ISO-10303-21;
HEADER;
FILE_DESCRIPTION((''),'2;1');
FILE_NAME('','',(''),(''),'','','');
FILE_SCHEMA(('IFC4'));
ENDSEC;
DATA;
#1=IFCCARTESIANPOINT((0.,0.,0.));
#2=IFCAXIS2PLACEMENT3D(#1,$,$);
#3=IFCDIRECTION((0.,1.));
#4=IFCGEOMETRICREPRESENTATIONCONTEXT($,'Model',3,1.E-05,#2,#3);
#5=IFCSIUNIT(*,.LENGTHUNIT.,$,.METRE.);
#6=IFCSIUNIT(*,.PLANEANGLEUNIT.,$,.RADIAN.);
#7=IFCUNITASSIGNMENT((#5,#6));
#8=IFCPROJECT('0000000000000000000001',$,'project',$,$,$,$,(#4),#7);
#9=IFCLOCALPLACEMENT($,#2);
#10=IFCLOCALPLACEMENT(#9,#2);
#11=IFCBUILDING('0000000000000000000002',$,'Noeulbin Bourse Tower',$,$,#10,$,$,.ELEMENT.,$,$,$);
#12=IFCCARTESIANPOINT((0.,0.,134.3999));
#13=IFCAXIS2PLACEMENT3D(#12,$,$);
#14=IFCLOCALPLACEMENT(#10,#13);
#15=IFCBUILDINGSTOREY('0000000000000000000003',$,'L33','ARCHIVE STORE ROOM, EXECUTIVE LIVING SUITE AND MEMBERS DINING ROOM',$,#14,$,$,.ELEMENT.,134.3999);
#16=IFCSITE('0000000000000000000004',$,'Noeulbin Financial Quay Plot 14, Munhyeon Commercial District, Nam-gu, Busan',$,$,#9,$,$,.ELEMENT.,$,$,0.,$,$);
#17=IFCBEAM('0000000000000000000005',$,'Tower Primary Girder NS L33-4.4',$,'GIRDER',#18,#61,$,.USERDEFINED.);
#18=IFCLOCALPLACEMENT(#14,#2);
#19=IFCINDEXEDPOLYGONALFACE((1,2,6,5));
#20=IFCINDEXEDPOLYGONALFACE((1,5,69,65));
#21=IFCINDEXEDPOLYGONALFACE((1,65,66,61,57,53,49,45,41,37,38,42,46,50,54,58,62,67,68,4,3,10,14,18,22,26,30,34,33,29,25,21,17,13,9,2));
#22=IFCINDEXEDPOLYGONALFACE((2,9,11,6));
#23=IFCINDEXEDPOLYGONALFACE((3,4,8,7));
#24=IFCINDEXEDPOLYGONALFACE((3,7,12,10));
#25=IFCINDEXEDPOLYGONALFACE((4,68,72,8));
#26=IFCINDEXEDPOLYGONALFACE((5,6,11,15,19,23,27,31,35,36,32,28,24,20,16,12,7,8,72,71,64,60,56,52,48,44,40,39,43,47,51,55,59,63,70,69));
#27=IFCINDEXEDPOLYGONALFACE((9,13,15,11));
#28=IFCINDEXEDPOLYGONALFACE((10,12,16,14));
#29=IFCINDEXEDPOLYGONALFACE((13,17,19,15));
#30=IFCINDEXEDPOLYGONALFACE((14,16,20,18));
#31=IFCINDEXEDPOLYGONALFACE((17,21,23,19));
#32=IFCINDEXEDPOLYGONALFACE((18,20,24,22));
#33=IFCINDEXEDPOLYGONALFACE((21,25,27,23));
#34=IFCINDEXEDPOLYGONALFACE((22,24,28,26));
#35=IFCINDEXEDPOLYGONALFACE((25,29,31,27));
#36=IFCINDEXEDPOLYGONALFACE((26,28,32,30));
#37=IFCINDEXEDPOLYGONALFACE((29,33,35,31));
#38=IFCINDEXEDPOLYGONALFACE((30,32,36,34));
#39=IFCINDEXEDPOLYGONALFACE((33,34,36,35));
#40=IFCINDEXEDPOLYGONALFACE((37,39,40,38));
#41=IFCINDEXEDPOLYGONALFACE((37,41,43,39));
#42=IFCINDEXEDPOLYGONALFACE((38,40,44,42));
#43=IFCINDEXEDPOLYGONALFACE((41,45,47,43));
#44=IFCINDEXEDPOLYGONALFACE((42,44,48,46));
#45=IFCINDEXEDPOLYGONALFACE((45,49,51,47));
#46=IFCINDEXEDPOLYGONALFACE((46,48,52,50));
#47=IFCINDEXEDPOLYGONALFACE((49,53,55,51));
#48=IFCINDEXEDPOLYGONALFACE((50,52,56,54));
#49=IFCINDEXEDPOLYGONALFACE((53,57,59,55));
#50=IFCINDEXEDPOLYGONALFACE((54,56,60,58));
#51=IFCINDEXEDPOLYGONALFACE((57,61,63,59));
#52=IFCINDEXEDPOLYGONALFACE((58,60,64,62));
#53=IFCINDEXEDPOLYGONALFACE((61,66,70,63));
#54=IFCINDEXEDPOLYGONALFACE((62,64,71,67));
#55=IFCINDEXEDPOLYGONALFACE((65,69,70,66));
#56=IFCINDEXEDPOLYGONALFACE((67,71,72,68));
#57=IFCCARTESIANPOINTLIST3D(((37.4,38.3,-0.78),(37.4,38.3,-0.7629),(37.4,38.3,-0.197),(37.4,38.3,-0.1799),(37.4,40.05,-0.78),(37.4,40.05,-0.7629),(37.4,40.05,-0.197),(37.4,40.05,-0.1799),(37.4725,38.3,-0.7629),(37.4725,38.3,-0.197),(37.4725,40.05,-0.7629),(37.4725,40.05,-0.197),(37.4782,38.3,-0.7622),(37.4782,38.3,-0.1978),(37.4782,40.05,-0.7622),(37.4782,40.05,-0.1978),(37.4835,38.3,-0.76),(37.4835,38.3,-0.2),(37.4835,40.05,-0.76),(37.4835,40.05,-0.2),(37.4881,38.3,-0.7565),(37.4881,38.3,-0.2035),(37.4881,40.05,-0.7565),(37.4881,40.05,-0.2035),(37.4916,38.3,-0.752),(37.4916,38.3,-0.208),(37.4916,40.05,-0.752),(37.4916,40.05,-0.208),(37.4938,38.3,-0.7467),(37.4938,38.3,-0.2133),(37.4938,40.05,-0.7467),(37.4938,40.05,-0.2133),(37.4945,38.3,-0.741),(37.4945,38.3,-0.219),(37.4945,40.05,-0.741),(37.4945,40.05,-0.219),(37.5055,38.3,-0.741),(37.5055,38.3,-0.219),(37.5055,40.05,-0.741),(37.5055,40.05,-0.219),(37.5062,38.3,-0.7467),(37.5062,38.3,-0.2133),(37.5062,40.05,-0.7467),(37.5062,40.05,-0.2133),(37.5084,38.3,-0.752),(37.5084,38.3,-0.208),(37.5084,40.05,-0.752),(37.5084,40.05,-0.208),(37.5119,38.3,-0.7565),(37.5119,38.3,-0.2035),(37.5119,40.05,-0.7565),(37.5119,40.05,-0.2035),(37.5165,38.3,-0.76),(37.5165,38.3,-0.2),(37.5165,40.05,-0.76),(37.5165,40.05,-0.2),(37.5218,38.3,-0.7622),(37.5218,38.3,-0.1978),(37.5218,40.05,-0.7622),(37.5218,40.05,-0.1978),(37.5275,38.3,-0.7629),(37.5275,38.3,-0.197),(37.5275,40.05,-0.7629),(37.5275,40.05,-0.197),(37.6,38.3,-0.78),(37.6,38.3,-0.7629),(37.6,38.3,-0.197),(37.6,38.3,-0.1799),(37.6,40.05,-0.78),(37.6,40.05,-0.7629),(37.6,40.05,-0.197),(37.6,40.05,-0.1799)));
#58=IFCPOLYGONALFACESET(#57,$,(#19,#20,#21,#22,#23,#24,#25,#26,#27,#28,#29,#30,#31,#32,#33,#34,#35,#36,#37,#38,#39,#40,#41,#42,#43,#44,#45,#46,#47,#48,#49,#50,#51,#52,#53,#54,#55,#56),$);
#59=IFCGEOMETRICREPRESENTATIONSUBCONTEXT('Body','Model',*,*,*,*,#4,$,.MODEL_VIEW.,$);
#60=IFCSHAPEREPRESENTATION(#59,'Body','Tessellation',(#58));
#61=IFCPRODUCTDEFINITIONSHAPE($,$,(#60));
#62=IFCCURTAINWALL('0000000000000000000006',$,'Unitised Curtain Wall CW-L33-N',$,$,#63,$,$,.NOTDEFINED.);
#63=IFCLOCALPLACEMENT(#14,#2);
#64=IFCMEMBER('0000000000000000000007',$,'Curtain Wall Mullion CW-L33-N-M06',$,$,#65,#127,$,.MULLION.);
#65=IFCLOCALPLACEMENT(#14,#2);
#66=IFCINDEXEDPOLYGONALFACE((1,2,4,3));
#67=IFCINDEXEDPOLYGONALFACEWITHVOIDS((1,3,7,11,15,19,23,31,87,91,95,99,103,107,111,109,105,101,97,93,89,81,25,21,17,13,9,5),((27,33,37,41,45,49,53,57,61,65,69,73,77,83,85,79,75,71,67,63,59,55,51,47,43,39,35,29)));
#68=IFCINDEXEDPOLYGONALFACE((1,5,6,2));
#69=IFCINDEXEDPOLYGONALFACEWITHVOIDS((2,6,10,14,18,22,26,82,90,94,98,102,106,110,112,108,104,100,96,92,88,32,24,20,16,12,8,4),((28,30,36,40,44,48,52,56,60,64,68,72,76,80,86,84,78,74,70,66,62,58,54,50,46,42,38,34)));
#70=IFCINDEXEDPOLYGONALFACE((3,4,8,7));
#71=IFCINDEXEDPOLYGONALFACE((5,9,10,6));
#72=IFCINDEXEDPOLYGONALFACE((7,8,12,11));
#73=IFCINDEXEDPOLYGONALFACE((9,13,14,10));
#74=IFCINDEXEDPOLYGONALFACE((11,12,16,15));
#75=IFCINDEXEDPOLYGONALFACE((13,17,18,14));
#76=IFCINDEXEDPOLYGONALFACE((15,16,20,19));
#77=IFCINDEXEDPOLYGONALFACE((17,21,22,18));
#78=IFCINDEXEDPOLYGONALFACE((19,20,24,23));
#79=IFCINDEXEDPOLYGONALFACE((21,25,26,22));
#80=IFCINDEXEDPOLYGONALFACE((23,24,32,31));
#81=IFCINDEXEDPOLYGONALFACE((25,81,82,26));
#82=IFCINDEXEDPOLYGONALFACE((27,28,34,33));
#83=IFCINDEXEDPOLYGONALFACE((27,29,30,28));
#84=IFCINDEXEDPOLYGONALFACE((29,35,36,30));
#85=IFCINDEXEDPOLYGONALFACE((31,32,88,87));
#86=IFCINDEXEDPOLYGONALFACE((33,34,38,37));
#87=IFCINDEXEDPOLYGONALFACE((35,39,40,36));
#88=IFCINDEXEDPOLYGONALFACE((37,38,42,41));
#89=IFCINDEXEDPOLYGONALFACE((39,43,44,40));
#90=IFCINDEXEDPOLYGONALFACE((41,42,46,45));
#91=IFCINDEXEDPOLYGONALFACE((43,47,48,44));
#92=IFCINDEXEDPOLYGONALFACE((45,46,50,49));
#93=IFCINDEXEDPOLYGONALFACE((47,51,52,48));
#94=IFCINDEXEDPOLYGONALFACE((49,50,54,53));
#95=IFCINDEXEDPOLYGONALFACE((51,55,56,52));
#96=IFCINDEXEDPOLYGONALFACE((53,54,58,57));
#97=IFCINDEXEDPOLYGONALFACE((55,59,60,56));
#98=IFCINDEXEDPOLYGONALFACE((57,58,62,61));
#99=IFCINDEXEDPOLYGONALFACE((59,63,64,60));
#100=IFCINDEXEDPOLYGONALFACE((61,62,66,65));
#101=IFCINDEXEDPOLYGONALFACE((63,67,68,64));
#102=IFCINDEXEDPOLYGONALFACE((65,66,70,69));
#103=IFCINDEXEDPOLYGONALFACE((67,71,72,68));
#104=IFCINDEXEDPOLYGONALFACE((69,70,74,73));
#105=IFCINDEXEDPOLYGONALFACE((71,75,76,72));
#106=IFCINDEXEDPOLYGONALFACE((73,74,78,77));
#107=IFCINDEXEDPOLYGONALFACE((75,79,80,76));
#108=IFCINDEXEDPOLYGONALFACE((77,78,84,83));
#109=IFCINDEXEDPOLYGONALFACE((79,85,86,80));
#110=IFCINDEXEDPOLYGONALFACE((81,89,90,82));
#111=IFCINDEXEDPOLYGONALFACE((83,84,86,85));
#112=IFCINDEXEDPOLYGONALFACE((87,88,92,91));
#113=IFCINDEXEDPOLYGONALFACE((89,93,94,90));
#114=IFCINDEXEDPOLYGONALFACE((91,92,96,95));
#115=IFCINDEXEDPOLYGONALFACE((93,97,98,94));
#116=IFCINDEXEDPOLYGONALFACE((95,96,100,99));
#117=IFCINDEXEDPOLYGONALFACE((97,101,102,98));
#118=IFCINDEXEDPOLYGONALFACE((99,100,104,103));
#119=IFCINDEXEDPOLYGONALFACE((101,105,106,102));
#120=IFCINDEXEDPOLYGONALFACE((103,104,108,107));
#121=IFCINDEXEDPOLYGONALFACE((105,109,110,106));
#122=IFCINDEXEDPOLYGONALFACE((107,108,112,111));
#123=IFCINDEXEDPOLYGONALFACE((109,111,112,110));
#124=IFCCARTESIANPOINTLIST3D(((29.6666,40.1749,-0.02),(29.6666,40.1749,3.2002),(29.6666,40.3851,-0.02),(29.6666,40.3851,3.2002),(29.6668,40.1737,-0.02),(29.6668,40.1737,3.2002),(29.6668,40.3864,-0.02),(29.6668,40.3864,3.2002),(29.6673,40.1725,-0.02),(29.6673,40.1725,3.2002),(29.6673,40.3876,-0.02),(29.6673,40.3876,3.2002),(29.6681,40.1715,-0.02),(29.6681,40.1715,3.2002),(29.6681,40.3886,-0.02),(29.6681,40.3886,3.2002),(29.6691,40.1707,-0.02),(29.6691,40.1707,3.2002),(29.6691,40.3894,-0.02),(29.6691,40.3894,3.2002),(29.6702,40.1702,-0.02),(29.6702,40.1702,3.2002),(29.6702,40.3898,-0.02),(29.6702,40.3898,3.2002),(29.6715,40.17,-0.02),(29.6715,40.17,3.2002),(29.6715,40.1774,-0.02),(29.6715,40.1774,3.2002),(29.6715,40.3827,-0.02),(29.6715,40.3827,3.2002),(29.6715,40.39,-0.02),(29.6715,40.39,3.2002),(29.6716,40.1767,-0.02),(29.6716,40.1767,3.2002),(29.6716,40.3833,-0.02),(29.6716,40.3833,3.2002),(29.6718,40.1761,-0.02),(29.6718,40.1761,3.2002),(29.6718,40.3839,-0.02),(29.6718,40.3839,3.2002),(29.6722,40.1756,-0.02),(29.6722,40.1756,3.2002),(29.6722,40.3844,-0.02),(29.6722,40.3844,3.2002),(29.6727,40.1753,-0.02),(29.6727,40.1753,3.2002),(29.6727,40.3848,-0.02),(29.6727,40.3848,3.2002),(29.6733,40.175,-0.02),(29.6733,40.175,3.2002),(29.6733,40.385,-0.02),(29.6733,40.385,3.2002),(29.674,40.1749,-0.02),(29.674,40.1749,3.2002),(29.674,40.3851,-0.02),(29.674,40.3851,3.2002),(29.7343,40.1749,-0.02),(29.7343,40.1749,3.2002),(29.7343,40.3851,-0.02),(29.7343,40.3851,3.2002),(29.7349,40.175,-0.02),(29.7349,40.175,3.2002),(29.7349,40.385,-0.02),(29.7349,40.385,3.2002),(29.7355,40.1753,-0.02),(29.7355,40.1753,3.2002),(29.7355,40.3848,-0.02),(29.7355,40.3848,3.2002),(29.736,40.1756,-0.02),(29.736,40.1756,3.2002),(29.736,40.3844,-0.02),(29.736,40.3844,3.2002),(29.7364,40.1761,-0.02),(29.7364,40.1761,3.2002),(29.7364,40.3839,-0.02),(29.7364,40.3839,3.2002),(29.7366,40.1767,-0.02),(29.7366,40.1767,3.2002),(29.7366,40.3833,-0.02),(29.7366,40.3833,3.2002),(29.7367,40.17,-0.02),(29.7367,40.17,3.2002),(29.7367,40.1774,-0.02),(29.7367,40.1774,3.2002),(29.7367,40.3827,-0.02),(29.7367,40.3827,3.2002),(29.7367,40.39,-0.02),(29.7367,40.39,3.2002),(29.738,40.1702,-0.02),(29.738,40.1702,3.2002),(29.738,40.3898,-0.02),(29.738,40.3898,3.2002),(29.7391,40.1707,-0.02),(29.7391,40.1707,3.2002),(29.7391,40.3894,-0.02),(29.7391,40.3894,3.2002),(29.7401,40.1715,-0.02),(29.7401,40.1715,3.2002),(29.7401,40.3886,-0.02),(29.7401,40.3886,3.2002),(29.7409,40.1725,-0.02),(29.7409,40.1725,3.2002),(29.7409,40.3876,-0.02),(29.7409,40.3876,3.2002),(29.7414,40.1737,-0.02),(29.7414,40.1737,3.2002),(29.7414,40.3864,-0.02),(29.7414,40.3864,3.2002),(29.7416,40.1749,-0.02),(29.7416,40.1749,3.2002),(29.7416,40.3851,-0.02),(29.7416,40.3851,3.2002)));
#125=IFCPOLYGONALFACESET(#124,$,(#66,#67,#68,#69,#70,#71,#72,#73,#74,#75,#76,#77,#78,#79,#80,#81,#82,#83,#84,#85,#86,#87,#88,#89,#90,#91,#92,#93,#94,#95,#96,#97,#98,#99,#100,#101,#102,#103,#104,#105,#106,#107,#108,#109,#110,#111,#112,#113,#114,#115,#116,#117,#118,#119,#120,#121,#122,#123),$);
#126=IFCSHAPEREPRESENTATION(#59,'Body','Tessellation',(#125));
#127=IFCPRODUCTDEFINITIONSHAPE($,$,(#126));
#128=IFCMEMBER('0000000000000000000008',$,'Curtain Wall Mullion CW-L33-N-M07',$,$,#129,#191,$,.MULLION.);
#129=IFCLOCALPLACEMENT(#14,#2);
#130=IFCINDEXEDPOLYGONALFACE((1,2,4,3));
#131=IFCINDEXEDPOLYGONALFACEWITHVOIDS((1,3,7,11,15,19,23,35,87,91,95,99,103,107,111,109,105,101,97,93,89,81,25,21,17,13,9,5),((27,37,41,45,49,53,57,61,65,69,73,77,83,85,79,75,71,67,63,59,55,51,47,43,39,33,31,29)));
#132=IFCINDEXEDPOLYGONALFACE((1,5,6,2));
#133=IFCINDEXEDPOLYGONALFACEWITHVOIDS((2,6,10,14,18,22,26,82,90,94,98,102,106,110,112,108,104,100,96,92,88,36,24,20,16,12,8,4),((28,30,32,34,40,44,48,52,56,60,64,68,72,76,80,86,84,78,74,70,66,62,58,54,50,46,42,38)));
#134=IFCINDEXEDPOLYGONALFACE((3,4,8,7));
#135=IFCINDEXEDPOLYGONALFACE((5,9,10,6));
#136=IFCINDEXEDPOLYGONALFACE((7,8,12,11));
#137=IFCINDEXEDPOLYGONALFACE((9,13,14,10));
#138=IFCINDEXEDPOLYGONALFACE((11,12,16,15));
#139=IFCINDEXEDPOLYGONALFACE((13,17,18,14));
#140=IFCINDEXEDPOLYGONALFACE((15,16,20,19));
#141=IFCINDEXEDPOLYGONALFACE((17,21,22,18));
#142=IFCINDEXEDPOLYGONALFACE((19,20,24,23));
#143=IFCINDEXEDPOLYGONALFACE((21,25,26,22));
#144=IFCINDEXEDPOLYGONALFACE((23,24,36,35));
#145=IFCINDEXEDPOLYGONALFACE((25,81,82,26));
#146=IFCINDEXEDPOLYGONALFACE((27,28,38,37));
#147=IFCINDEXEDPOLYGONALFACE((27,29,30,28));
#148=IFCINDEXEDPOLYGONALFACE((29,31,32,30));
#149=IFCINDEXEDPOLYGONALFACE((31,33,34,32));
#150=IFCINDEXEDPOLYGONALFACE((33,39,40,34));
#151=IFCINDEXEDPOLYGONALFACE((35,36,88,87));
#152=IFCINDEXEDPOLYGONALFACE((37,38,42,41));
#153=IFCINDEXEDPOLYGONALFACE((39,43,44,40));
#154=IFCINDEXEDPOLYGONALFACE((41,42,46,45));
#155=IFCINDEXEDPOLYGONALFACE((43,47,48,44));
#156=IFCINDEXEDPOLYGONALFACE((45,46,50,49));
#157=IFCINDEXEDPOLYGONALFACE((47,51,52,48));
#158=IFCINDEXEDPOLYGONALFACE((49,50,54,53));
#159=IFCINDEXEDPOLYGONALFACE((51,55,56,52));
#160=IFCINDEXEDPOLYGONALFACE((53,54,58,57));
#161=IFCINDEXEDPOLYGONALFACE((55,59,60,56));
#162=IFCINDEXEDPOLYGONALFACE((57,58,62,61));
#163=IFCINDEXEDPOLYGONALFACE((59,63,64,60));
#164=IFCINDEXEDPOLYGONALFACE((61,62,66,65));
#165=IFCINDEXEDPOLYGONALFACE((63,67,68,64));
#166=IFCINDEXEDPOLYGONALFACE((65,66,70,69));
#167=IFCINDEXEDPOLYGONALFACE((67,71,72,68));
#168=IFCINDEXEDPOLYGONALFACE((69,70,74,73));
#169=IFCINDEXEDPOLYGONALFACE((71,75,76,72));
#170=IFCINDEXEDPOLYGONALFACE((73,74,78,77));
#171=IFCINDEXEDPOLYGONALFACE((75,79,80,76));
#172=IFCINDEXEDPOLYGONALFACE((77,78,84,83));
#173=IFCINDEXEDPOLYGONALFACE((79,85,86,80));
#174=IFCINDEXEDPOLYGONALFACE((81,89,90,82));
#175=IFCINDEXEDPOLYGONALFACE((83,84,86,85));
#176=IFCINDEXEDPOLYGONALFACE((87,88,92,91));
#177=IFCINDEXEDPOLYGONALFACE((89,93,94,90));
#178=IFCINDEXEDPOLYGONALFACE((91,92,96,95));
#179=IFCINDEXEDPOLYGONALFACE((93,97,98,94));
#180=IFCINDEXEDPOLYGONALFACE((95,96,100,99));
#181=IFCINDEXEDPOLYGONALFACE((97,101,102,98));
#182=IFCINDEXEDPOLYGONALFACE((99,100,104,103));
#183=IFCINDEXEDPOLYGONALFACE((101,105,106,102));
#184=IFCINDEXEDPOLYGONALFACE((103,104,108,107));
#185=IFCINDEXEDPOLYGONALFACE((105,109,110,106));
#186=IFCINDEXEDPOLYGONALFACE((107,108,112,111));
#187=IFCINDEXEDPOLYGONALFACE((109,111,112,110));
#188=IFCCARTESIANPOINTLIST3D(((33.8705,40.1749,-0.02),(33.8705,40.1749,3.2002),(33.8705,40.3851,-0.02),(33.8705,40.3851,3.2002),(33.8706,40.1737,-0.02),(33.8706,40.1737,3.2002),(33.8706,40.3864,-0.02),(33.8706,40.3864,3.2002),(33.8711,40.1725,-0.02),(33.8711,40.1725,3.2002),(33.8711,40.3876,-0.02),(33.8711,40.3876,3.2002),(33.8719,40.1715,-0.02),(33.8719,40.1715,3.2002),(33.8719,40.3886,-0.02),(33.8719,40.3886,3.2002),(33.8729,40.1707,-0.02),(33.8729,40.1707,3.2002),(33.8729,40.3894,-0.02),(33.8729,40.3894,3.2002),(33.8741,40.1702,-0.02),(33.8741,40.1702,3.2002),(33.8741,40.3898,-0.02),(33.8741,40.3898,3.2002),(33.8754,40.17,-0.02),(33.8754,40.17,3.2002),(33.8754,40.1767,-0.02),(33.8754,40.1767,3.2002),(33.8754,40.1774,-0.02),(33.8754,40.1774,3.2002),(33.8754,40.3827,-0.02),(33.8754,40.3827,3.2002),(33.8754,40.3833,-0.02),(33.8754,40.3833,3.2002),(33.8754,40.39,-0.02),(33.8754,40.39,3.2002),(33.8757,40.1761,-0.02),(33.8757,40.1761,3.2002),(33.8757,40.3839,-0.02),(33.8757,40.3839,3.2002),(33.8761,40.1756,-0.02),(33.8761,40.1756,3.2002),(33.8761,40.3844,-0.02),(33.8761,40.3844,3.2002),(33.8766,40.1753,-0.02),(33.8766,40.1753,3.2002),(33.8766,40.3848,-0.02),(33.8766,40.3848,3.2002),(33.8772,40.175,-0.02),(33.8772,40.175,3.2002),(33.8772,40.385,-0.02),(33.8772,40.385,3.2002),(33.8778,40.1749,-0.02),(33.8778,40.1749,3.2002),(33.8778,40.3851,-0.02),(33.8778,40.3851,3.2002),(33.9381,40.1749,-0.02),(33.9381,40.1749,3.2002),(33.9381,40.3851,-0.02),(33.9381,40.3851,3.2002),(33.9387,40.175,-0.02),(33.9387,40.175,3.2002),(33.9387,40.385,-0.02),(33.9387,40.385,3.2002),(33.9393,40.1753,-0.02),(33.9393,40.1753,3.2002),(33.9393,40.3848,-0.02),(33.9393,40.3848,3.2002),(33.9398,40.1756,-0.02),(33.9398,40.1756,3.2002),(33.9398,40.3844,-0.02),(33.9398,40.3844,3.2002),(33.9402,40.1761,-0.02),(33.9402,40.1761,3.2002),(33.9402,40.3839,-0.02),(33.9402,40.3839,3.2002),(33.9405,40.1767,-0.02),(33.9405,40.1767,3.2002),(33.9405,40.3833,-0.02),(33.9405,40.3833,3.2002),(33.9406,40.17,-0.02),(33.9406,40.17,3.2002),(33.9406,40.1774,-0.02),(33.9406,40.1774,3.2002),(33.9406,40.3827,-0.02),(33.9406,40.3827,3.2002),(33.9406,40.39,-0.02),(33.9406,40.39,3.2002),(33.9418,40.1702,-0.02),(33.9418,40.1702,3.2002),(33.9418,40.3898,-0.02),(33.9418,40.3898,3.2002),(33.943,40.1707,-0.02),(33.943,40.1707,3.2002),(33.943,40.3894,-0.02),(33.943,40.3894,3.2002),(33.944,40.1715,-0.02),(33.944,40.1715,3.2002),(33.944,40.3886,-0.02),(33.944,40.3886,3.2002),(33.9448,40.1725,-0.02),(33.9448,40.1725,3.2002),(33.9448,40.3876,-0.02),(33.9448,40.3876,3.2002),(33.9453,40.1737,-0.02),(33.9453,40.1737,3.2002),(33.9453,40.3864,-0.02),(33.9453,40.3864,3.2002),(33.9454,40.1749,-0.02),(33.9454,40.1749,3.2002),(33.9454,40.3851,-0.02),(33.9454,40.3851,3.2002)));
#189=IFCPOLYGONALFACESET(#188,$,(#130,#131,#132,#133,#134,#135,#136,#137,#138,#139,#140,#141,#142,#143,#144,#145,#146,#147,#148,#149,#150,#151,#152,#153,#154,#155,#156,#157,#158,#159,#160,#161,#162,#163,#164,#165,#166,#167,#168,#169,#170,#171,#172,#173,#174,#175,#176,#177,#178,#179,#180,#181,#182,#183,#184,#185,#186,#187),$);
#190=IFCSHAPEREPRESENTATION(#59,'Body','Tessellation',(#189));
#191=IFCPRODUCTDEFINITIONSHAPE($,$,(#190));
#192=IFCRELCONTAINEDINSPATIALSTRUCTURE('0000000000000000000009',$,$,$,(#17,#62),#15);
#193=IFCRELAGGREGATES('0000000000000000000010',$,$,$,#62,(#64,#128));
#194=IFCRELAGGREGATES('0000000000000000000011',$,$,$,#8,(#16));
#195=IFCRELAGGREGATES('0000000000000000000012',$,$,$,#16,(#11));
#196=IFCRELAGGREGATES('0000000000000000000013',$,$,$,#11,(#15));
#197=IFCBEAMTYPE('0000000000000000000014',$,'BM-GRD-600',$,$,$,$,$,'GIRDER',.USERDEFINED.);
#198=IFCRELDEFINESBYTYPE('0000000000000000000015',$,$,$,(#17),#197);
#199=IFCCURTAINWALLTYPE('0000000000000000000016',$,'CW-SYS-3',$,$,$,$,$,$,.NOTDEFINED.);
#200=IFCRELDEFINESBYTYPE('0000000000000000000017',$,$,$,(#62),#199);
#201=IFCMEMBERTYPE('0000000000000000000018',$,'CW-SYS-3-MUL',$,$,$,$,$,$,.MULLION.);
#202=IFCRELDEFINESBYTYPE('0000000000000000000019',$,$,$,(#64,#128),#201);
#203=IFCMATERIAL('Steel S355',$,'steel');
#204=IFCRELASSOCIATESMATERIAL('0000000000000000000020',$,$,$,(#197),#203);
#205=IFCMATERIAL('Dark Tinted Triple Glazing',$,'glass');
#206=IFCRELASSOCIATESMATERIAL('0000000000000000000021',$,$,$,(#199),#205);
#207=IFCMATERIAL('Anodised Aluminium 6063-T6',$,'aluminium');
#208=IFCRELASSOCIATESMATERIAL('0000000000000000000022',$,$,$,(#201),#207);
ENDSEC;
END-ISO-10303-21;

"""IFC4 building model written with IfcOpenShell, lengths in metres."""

from ifc_helpers import new_model, si_unit, direction, frame, origin, origin_2d, place, context, subcontext, project, spatial, hollow_rectangle, i_section, extrude, material, material_profile, profile_set, type_object, element, aggregate, save


model = new_model("IFC4")

# Units and contexts
model_context = context("Model", 3, precision=1e-05, world=origin(), true_north=direction((0.0, 1.0)))
body_context = subcontext(model_context, "Body", "Model", "MODEL_VIEW")
ifc_project = project(units=[si_unit("LENGTHUNIT", "METRE"), si_unit("PLANEANGLEUNIT", "RADIAN")], contexts=[model_context])

# Site, building, storey
site_placement = place(None, origin())
site = spatial("IfcSite", under=ifc_project, at=site_placement, Name="Noeulbin Financial Quay Plot 14, Munhyeon Commercial District, Nam-gu, Busan", CompositionType="ELEMENT", RefElevation=0.0)
building_placement = place(site_placement, origin())
building = spatial("IfcBuilding", under=site, at=building_placement, Name="Noeulbin Bourse Tower", CompositionType="ELEMENT")
storey_placement = place(building_placement, frame((0.0, 0.0, 134.3999)))
storey = spatial("IfcBuildingStorey", under=building, at=storey_placement, Name="L33", Description="ARCHIVE STORE ROOM, EXECUTIVE LIVING SUITE AND MEMBERS DINING ROOM", CompositionType="ELEMENT", Elevation=134.3999)

# Beam
ifc_material_1 = material(Name="Steel S355", Category="steel")
ifc_material_profile_1 = material_profile(ifc_material_1, i_section(OverallWidth=0.2, OverallDepth=0.6001, WebThickness=0.011, FlangeThickness=0.0171, FilletRadius=0.022, at=origin_2d()), Name="H-600x200x11x17", Category="LoadBearing")
ifc_profile_set_1 = profile_set([ifc_material_profile_1], Name="Steel S355")
beam_type = type_object("IfcBeamType", Name="BM-GRD-600", ElementType="GIRDER", PredefinedType="USERDEFINED", material=ifc_profile_set_1)
for number, where, z_axis, x_axis, name in (
    (1, (37.5, 38.3, -0.48), (0.0, 1.0, 0.0), (-1.0, 0.0, 0.0), "Tower Primary Girder NS L33-4.4"),
):
    element("IfcBeam", number, at=place(storey_placement, frame(where, z_axis=z_axis, x_axis=x_axis)), inside=storey, type_object=beam_type, Name=name, ObjectType="GIRDER", PredefinedType="USERDEFINED", context=body_context, shape_type="SweptSolid", body=[
        extrude(i_section(OverallWidth=0.2, OverallDepth=0.6001, WebThickness=0.011, FlangeThickness=0.0171, FilletRadius=0.022, at=origin_2d()), origin(), (0.0, 0.0, 1.0), 1.75),
    ])

# Curtain wall, members
ifc_material_2 = material(Name="Dark Tinted Triple Glazing", Category="glass")
curtain_wall_type = type_object("IfcCurtainWallType", Name="CW-SYS-3", PredefinedType="NOTDEFINED", material=ifc_material_2)
curtain_wall_placement = place(storey_placement, origin())
curtain_wall = element("IfcCurtainWall", 2, at=curtain_wall_placement, inside=storey, type_object=curtain_wall_type, Name="Unitised Curtain Wall CW-L33-N", PredefinedType="NOTDEFINED")
ifc_material_3 = material(Name="Anodised Aluminium 6063-T6", Category="aluminium")
ifc_material_profile_2 = material_profile(ifc_material_3, hollow_rectangle(XDim=0.075, YDim=0.22, WallThickness=0.0049, InnerFilletRadius=0.0024, OuterFilletRadius=0.0049, at=origin_2d()), Name="ALU-MULL-75x220x5", Category="LoadBearing")
ifc_profile_set_2 = profile_set([ifc_material_profile_2], Name="Anodised Aluminium 6063-T6")
member_type = type_object("IfcMemberType", Name="CW-SYS-3-MUL", PredefinedType="MULLION", material=ifc_profile_set_2)
member_1_placement = place(storey_placement, frame((29.7041, 40.28, -0.02), z_axis=(0.0, 0.0, 1.0), x_axis=(1.0, 0.0, 0.0)))
member_1 = element("IfcMember", 3, at=member_1_placement, type_object=member_type, Name="Curtain Wall Mullion CW-L33-N-M06", PredefinedType="MULLION", context=body_context, shape_type="SweptSolid", body=[
    extrude(hollow_rectangle(XDim=0.075, YDim=0.22, WallThickness=0.0049, InnerFilletRadius=0.0024, OuterFilletRadius=0.0049, at=origin_2d()), origin(), (0.0, 0.0, 1.0), 3.2202),
])
member_2_placement = place(storey_placement, frame((33.908, 40.28, -0.02), z_axis=(0.0, 0.0, 1.0), x_axis=(1.0, 0.0, 0.0)))
member_2 = element("IfcMember", 4, at=member_2_placement, type_object=member_type, Name="Curtain Wall Mullion CW-L33-N-M07", PredefinedType="MULLION", context=body_context, shape_type="SweptSolid", body=[
    extrude(hollow_rectangle(XDim=0.075, YDim=0.22, WallThickness=0.0049, InnerFilletRadius=0.0024, OuterFilletRadius=0.0049, at=origin_2d()), origin(), (0.0, 0.0, 1.0), 3.2202),
])
aggregate(curtain_wall, [member_1, member_2])

save(model, "model.ifc")
